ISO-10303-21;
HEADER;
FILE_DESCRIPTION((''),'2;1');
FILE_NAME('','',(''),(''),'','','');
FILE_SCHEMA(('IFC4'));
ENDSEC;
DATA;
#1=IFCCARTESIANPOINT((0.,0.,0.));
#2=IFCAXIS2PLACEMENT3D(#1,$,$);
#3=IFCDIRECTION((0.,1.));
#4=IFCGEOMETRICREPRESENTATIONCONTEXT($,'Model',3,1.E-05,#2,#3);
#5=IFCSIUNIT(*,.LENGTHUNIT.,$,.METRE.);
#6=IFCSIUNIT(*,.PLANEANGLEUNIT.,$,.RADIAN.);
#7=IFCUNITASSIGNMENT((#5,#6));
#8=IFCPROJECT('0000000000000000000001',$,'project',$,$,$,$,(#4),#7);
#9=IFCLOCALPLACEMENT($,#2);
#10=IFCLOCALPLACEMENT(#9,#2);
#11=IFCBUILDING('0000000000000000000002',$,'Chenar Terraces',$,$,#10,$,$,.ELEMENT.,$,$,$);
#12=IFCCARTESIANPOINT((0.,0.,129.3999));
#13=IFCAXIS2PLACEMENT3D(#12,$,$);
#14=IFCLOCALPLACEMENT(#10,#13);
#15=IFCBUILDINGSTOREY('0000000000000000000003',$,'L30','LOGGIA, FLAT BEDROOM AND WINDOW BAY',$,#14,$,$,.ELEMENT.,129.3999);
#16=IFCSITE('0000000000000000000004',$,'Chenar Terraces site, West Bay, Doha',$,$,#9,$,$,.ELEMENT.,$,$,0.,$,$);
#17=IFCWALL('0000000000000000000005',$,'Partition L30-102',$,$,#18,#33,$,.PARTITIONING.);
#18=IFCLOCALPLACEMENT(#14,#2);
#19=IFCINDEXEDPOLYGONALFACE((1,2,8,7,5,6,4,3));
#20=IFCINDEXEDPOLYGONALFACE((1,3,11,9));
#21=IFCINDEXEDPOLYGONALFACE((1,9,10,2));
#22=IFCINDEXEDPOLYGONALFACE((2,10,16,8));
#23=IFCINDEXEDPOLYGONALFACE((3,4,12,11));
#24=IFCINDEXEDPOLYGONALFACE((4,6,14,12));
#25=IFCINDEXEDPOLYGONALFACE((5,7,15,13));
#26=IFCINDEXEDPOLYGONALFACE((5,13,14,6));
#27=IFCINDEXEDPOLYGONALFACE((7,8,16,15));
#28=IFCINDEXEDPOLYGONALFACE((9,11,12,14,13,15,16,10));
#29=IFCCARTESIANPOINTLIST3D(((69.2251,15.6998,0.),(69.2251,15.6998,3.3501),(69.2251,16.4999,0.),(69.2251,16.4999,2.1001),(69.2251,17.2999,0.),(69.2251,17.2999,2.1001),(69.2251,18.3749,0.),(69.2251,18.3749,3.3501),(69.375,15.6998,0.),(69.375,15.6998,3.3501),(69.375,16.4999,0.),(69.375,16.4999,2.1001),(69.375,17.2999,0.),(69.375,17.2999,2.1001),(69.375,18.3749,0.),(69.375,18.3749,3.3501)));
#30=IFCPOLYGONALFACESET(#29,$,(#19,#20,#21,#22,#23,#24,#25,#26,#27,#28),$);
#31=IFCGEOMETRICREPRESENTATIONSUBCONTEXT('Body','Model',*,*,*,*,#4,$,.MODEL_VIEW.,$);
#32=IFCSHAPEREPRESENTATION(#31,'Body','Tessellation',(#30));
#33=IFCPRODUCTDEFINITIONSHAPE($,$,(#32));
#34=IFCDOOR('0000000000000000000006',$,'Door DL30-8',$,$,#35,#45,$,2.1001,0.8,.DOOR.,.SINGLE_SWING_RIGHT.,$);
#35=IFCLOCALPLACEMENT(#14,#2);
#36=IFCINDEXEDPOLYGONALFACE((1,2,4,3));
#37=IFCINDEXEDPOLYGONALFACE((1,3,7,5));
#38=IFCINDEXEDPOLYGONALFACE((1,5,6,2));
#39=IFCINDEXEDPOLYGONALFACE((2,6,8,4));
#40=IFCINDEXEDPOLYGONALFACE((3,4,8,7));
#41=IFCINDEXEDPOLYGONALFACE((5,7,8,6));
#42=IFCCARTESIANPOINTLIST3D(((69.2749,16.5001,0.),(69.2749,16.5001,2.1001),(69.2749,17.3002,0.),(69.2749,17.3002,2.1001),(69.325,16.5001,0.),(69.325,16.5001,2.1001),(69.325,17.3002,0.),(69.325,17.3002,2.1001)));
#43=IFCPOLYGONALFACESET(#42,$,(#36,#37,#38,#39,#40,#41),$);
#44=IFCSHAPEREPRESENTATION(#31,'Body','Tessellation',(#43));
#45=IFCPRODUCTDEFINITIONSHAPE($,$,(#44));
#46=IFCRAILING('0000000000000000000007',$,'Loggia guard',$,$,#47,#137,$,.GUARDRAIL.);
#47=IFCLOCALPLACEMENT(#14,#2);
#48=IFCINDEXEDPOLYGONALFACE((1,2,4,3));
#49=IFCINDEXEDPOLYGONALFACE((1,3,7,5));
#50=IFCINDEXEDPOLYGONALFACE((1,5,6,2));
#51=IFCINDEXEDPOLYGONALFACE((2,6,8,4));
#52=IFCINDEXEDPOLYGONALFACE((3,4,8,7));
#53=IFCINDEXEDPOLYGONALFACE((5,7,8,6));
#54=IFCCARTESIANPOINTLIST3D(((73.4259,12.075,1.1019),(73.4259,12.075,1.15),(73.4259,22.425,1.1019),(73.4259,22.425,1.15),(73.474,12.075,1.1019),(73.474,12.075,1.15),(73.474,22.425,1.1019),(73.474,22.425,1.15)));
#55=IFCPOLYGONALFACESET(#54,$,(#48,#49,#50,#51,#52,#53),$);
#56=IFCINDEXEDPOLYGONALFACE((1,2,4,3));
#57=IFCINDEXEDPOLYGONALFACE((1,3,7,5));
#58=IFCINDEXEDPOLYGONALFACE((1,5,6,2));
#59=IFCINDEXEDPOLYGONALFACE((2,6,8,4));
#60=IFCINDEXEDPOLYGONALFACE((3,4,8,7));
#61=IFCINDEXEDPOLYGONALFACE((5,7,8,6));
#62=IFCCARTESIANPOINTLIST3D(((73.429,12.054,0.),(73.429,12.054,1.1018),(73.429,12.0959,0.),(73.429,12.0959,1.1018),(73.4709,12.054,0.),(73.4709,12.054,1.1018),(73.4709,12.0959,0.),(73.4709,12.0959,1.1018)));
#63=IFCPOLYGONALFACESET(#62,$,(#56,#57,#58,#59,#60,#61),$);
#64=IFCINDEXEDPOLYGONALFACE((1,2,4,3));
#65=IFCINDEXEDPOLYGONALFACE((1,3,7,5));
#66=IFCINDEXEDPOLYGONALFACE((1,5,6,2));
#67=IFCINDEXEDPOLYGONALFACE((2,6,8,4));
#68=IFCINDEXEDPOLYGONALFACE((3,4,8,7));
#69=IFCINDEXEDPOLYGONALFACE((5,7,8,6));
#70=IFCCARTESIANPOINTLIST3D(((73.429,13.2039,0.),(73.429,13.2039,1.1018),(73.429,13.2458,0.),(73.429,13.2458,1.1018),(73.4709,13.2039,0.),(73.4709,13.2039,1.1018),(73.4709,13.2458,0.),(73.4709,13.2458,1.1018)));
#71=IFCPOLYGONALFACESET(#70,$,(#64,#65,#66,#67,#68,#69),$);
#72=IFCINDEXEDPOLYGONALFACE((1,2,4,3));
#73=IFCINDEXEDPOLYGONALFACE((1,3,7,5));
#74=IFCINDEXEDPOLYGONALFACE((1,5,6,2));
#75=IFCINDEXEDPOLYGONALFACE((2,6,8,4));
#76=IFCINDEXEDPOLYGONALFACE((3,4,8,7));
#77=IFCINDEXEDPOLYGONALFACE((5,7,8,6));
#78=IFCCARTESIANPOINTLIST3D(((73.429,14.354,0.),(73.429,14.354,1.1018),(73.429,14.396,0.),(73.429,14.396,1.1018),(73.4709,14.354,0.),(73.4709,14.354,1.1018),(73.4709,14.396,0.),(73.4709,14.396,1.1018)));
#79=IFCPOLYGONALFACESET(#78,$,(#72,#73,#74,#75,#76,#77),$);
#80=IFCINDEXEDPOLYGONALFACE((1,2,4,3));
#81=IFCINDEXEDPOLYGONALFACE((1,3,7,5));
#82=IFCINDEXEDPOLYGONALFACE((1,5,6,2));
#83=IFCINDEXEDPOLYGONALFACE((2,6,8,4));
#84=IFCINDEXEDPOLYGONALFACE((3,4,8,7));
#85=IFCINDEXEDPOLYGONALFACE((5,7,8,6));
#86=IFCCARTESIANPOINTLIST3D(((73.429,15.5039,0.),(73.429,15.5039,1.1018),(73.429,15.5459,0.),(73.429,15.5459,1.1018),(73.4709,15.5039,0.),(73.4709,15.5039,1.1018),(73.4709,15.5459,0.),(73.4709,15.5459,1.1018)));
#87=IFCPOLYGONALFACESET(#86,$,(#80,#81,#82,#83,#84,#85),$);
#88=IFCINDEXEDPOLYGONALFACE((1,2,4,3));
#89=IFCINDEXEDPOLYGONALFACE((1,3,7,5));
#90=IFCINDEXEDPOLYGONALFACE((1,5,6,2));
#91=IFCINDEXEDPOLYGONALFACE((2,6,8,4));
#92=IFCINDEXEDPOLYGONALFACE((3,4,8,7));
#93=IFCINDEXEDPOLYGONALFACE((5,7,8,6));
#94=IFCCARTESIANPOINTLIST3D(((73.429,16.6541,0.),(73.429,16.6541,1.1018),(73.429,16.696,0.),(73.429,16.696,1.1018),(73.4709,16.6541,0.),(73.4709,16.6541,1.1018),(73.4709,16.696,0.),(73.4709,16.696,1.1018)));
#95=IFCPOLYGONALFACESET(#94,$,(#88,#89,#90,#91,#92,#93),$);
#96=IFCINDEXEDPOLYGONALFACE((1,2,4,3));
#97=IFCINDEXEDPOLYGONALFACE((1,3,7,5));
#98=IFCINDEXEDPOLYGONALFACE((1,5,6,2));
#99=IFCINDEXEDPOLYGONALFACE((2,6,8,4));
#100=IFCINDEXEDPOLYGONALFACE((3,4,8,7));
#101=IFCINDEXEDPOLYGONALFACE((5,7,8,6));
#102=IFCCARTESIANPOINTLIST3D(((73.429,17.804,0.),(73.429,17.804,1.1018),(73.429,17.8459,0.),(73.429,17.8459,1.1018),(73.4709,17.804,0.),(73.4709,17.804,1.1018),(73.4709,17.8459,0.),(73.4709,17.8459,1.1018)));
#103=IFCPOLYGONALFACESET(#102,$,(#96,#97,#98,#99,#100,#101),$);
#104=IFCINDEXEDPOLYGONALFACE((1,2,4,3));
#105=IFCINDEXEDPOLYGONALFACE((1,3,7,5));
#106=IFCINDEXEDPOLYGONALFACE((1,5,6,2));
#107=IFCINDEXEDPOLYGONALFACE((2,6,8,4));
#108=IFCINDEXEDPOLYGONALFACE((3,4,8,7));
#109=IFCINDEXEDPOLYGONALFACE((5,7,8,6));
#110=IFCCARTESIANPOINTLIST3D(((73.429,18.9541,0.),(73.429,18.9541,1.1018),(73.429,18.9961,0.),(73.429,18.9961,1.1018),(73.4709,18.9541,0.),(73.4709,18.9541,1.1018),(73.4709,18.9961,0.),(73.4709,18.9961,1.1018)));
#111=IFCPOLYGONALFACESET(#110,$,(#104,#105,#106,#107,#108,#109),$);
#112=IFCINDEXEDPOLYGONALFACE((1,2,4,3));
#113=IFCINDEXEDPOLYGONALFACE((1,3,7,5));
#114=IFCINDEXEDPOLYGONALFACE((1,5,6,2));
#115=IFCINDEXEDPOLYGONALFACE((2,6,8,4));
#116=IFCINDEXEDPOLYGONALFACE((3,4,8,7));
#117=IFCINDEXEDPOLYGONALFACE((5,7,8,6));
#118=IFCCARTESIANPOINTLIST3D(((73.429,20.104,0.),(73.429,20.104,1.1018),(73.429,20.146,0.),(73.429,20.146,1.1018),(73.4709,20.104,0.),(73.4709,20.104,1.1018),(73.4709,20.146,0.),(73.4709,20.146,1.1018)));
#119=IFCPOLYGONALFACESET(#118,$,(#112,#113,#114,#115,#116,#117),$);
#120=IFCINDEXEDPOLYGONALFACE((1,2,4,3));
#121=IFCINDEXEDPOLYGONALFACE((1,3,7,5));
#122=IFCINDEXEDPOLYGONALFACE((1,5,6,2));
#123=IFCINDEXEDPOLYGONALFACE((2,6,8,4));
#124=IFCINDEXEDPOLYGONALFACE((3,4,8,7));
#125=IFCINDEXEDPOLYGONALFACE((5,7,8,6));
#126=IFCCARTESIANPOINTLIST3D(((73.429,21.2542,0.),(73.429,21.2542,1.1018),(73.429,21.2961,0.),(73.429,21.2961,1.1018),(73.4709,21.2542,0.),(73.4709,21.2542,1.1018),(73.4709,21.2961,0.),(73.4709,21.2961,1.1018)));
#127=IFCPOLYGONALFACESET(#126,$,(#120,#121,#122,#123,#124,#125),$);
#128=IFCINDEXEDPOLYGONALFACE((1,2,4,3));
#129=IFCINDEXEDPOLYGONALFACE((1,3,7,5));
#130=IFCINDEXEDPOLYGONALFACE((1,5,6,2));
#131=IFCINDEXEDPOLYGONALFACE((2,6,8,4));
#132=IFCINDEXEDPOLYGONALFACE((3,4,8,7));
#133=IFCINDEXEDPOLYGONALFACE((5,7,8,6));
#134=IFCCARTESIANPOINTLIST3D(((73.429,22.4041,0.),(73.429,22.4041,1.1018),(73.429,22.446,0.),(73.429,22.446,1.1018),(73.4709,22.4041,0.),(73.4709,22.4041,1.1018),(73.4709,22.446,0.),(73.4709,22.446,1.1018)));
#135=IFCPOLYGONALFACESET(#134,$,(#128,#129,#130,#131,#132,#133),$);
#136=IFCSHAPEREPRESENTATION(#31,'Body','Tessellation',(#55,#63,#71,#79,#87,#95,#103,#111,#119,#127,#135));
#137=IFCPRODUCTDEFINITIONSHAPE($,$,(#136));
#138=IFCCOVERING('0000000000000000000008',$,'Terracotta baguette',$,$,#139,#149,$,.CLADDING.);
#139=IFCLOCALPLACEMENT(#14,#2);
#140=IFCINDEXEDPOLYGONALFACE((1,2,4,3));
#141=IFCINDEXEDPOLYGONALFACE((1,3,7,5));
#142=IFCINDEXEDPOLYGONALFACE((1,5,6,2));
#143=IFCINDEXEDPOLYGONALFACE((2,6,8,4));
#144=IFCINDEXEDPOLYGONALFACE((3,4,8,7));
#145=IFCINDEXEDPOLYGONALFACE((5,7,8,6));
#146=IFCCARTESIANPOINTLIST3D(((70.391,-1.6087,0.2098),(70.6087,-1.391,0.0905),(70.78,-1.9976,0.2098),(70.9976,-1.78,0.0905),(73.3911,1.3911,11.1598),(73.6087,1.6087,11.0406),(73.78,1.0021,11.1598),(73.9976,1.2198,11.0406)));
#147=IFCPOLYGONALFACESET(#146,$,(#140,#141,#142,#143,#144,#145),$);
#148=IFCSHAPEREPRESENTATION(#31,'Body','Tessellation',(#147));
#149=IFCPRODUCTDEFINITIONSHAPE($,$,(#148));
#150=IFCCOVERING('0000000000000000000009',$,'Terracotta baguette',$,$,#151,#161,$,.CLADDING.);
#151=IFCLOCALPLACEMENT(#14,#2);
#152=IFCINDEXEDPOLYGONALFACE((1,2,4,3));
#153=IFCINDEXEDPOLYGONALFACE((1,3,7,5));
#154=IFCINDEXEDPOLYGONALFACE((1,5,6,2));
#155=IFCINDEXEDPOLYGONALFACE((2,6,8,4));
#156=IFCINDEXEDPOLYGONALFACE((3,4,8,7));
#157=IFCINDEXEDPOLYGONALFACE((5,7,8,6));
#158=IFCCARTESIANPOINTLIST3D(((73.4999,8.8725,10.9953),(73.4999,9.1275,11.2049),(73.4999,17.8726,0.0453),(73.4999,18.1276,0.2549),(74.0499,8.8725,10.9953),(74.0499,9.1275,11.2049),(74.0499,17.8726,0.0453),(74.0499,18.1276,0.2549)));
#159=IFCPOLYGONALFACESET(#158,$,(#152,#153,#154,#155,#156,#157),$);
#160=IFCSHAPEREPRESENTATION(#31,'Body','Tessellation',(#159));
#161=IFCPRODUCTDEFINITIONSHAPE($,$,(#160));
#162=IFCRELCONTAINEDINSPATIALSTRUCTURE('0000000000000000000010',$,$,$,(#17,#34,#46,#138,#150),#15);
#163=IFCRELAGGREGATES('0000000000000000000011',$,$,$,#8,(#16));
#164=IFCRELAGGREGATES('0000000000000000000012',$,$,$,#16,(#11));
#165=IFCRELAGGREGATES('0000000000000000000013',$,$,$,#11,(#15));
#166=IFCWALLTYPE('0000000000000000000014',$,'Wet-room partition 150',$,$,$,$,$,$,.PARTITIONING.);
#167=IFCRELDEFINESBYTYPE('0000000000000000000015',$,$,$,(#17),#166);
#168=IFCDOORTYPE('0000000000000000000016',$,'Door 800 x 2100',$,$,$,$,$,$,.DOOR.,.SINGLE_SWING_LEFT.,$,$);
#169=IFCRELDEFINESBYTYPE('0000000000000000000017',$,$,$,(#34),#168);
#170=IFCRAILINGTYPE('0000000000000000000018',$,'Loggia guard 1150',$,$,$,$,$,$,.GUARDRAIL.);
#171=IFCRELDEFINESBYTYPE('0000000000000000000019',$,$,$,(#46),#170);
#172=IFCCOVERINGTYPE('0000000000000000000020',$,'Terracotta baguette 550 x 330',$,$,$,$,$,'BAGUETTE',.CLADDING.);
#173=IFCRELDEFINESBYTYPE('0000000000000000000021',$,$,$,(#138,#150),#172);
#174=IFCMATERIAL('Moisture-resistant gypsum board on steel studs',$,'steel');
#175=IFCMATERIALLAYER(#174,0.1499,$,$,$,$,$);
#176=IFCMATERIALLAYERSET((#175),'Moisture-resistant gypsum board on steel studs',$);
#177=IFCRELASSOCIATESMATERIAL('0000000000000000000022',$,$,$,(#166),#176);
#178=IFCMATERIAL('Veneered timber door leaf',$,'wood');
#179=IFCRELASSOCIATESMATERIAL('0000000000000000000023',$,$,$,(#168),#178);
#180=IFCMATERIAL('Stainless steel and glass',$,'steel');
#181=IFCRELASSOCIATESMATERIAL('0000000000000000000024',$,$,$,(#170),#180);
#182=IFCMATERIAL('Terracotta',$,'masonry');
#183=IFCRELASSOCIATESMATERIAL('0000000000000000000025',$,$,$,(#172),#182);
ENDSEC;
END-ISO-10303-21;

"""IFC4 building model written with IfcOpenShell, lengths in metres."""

from ifc_helpers import new_model, si_unit, direction, frame, frame_2d, origin, origin_2d, place, context, subcontext, project, spatial, rectangle, extrude, material, layer, layer_set, material_profile, profile_set, type_object, element, fill, save


model = new_model("IFC4")

# Units and contexts
model_context = context("Model", 3, precision=1e-05, world=origin(), true_north=direction((0.0, 1.0)))
body_context = subcontext(model_context, "Body", "Model", "MODEL_VIEW")
ifc_project = project(units=[si_unit("LENGTHUNIT", "METRE"), si_unit("PLANEANGLEUNIT", "RADIAN")], contexts=[model_context])

# Site, building, storey
site_placement = place(None, origin())
site = spatial("IfcSite", under=ifc_project, at=site_placement, Name="Chenar Terraces site, West Bay, Doha", CompositionType="ELEMENT", RefElevation=0.0)
building_placement = place(site_placement, origin())
building = spatial("IfcBuilding", under=site, at=building_placement, Name="Chenar Terraces", CompositionType="ELEMENT")
storey_placement = place(building_placement, frame((0.0, 0.0, 129.3999)))
storey = spatial("IfcBuildingStorey", under=building, at=storey_placement, Name="L30", Description="LOGGIA, FLAT BEDROOM AND WINDOW BAY", CompositionType="ELEMENT", Elevation=129.3999)

# Shared definitions
ifc_material_1 = material(Name="Moisture-resistant gypsum board on steel studs", Category="steel")
ifc_layer_1 = layer(ifc_material_1, 0.1499)
ifc_layer_set_1 = layer_set([ifc_layer_1], Name="Moisture-resistant gypsum board on steel studs")
wall_type_1 = type_object("IfcWallType", Name="Wet-room partition 150", PredefinedType="PARTITIONING", material=ifc_layer_set_1)

# Shared definitions
ifc_material_2 = material(Name="Veneered timber door leaf", Category="wood")
door_type_1 = type_object("IfcDoorType", Name="Door 800 x 2100", OperationType="SINGLE_SWING_LEFT", PredefinedType="DOOR", material=ifc_material_2)

# Wall, opening, door
wall_1_placement = place(storey_placement, frame((69.3, 15.7, 0.0), z_axis=(0.0, 0.0, 1.0), x_axis=(0.0, 1.0, 0.0)))
wall_1 = element("IfcWall", 1, at=wall_1_placement, inside=storey, type_object=wall_type_1, Name="Partition L30-102", PredefinedType="PARTITIONING", context=body_context, shape_type="SweptSolid", body=[
    extrude(rectangle(XDim=2.675, YDim=0.1499, at=frame_2d((1.3374, 0.0))), origin(), (0.0, 0.0, 1.0), 3.3501),
])
opening_1_placement = place(wall_1_placement, frame((0.8, 0.0, 0.0)))
opening_1 = element("IfcOpeningElement", 2, at=opening_1_placement, cuts=wall_1, PredefinedType="OPENING", context=body_context, shape_type="SweptSolid", body=[
    extrude(rectangle(XDim=0.8, YDim=2.1001, at=frame_2d((0.3999, 1.05))), frame((0.0, 0.085, 0.0), z_axis=(0.0, -1.0, 0.0), x_axis=(1.0, 0.0, 0.0)), (0.0, 0.0, 1.0), 0.1699),
])
door_1_placement = place(opening_1_placement, frame((0.8, 0.0, 0.0), z_axis=(0.0, 0.0, 1.0), x_axis=(-1.0, 0.0, 0.0)))
door_1 = element("IfcDoor", 3, at=door_1_placement, inside=storey, type_object=door_type_1, Name="Door DL30-8", OperationType="SINGLE_SWING_RIGHT", OverallHeight=2.1001, OverallWidth=0.8, PredefinedType="DOOR", context=body_context, shape_type="SweptSolid", body=[
    extrude(rectangle(XDim=0.8, YDim=2.1001, at=frame_2d((0.3999, 1.05))), frame((0.0, 0.0249, 0.0), z_axis=(0.0, -1.0, 0.0), x_axis=(1.0, 0.0, 0.0)), (0.0, 0.0, 1.0), 0.05),
])
fill(opening_1, door_1)

# Railing
ifc_material_3 = material(Name="Stainless steel and glass", Category="steel")
railing_type = type_object("IfcRailingType", Name="Loggia guard 1150", PredefinedType="GUARDRAIL", material=ifc_material_3)
railing_placement = place(storey_placement, frame((73.45, 12.075, 0.0)))
element("IfcRailing", 4, at=railing_placement, inside=storey, type_object=railing_type, Name="Loggia guard", PredefinedType="GUARDRAIL", context=body_context, shape_type="SweptSolid", body=[
    extrude(rectangle(XDim=0.0481, YDim=0.0481, at=origin_2d()), frame((0.0, 0.0, 1.126), z_axis=(0.0, 1.0, 0.0), x_axis=(-1.0, 0.0, 0.0)), (0.0, 0.0, 1.0), 10.3501),
    extrude(rectangle(XDim=0.042, YDim=0.042, at=origin_2d()), origin(), (0.0, 0.0, 1.0), 1.1018),
    extrude(rectangle(XDim=0.042, YDim=0.042, at=origin_2d()), frame((0.0, 1.1499, 0.0)), (0.0, 0.0, 1.0), 1.1018),
    extrude(rectangle(XDim=0.042, YDim=0.042, at=origin_2d()), frame((0.0, 2.3, 0.0)), (0.0, 0.0, 1.0), 1.1018),
    extrude(rectangle(XDim=0.042, YDim=0.042, at=origin_2d()), frame((0.0, 3.45, 0.0)), (0.0, 0.0, 1.0), 1.1018),
    extrude(rectangle(XDim=0.042, YDim=0.042, at=origin_2d()), frame((0.0, 4.6001, 0.0)), (0.0, 0.0, 1.0), 1.1018),
    extrude(rectangle(XDim=0.042, YDim=0.042, at=origin_2d()), frame((0.0, 5.75, 0.0)), (0.0, 0.0, 1.0), 1.1018),
    extrude(rectangle(XDim=0.042, YDim=0.042, at=origin_2d()), frame((0.0, 6.9001, 0.0)), (0.0, 0.0, 1.0), 1.1018),
    extrude(rectangle(XDim=0.042, YDim=0.042, at=origin_2d()), frame((0.0, 8.05, 0.0)), (0.0, 0.0, 1.0), 1.1018),
    extrude(rectangle(XDim=0.042, YDim=0.042, at=origin_2d()), frame((0.0, 9.2002, 0.0)), (0.0, 0.0, 1.0), 1.1018),
    extrude(rectangle(XDim=0.042, YDim=0.042, at=origin_2d()), frame((0.0, 10.3501, 0.0)), (0.0, 0.0, 1.0), 1.1018),
])

# Coverings
ifc_material_4 = material(Name="Terracotta", Category="masonry")
ifc_material_profile_1 = material_profile(ifc_material_4, rectangle(XDim=0.55, YDim=0.3301, at=origin_2d()), Name="Terracotta baguette 550 x 330")
ifc_profile_set_1 = profile_set([ifc_material_profile_1], Name="Terracotta")
covering_type = type_object("IfcCoveringType", Name="Terracotta baguette 550 x 330", ElementType="BAGUETTE", PredefinedType="CLADDING", material=ifc_profile_set_1)
covering_1_placement = place(storey_placement, frame((70.6943, -1.6943, 0.1501), z_axis=(0.25547, 0.255449, 0.93246), x_axis=(-0.707078, 0.707136, 0.0)))
element("IfcCovering", 5, at=covering_1_placement, inside=storey, type_object=covering_type, Name="Terracotta baguette", PredefinedType="CLADDING", context=body_context, shape_type="SweptSolid", body=[
    extrude(rectangle(XDim=0.55, YDim=0.3301, at=origin_2d()), origin(), (0.0, 0.0, 1.0), 11.7432),
])
covering_2_placement = place(storey_placement, frame((73.7749, 9.0, 11.1001), z_axis=(0.0, 0.634967, -0.772539), x_axis=(-1.0, 0.0, 0.0)))
element("IfcCovering", 6, at=covering_2_placement, inside=storey, type_object=covering_type, Name="Terracotta baguette", PredefinedType="CLADDING", context=body_context, shape_type="SweptSolid", body=[
    extrude(rectangle(XDim=0.55, YDim=0.3301, at=origin_2d()), origin(), (0.0, 0.0, 1.0), 14.1741),
])

save(model, "model.ifc")
